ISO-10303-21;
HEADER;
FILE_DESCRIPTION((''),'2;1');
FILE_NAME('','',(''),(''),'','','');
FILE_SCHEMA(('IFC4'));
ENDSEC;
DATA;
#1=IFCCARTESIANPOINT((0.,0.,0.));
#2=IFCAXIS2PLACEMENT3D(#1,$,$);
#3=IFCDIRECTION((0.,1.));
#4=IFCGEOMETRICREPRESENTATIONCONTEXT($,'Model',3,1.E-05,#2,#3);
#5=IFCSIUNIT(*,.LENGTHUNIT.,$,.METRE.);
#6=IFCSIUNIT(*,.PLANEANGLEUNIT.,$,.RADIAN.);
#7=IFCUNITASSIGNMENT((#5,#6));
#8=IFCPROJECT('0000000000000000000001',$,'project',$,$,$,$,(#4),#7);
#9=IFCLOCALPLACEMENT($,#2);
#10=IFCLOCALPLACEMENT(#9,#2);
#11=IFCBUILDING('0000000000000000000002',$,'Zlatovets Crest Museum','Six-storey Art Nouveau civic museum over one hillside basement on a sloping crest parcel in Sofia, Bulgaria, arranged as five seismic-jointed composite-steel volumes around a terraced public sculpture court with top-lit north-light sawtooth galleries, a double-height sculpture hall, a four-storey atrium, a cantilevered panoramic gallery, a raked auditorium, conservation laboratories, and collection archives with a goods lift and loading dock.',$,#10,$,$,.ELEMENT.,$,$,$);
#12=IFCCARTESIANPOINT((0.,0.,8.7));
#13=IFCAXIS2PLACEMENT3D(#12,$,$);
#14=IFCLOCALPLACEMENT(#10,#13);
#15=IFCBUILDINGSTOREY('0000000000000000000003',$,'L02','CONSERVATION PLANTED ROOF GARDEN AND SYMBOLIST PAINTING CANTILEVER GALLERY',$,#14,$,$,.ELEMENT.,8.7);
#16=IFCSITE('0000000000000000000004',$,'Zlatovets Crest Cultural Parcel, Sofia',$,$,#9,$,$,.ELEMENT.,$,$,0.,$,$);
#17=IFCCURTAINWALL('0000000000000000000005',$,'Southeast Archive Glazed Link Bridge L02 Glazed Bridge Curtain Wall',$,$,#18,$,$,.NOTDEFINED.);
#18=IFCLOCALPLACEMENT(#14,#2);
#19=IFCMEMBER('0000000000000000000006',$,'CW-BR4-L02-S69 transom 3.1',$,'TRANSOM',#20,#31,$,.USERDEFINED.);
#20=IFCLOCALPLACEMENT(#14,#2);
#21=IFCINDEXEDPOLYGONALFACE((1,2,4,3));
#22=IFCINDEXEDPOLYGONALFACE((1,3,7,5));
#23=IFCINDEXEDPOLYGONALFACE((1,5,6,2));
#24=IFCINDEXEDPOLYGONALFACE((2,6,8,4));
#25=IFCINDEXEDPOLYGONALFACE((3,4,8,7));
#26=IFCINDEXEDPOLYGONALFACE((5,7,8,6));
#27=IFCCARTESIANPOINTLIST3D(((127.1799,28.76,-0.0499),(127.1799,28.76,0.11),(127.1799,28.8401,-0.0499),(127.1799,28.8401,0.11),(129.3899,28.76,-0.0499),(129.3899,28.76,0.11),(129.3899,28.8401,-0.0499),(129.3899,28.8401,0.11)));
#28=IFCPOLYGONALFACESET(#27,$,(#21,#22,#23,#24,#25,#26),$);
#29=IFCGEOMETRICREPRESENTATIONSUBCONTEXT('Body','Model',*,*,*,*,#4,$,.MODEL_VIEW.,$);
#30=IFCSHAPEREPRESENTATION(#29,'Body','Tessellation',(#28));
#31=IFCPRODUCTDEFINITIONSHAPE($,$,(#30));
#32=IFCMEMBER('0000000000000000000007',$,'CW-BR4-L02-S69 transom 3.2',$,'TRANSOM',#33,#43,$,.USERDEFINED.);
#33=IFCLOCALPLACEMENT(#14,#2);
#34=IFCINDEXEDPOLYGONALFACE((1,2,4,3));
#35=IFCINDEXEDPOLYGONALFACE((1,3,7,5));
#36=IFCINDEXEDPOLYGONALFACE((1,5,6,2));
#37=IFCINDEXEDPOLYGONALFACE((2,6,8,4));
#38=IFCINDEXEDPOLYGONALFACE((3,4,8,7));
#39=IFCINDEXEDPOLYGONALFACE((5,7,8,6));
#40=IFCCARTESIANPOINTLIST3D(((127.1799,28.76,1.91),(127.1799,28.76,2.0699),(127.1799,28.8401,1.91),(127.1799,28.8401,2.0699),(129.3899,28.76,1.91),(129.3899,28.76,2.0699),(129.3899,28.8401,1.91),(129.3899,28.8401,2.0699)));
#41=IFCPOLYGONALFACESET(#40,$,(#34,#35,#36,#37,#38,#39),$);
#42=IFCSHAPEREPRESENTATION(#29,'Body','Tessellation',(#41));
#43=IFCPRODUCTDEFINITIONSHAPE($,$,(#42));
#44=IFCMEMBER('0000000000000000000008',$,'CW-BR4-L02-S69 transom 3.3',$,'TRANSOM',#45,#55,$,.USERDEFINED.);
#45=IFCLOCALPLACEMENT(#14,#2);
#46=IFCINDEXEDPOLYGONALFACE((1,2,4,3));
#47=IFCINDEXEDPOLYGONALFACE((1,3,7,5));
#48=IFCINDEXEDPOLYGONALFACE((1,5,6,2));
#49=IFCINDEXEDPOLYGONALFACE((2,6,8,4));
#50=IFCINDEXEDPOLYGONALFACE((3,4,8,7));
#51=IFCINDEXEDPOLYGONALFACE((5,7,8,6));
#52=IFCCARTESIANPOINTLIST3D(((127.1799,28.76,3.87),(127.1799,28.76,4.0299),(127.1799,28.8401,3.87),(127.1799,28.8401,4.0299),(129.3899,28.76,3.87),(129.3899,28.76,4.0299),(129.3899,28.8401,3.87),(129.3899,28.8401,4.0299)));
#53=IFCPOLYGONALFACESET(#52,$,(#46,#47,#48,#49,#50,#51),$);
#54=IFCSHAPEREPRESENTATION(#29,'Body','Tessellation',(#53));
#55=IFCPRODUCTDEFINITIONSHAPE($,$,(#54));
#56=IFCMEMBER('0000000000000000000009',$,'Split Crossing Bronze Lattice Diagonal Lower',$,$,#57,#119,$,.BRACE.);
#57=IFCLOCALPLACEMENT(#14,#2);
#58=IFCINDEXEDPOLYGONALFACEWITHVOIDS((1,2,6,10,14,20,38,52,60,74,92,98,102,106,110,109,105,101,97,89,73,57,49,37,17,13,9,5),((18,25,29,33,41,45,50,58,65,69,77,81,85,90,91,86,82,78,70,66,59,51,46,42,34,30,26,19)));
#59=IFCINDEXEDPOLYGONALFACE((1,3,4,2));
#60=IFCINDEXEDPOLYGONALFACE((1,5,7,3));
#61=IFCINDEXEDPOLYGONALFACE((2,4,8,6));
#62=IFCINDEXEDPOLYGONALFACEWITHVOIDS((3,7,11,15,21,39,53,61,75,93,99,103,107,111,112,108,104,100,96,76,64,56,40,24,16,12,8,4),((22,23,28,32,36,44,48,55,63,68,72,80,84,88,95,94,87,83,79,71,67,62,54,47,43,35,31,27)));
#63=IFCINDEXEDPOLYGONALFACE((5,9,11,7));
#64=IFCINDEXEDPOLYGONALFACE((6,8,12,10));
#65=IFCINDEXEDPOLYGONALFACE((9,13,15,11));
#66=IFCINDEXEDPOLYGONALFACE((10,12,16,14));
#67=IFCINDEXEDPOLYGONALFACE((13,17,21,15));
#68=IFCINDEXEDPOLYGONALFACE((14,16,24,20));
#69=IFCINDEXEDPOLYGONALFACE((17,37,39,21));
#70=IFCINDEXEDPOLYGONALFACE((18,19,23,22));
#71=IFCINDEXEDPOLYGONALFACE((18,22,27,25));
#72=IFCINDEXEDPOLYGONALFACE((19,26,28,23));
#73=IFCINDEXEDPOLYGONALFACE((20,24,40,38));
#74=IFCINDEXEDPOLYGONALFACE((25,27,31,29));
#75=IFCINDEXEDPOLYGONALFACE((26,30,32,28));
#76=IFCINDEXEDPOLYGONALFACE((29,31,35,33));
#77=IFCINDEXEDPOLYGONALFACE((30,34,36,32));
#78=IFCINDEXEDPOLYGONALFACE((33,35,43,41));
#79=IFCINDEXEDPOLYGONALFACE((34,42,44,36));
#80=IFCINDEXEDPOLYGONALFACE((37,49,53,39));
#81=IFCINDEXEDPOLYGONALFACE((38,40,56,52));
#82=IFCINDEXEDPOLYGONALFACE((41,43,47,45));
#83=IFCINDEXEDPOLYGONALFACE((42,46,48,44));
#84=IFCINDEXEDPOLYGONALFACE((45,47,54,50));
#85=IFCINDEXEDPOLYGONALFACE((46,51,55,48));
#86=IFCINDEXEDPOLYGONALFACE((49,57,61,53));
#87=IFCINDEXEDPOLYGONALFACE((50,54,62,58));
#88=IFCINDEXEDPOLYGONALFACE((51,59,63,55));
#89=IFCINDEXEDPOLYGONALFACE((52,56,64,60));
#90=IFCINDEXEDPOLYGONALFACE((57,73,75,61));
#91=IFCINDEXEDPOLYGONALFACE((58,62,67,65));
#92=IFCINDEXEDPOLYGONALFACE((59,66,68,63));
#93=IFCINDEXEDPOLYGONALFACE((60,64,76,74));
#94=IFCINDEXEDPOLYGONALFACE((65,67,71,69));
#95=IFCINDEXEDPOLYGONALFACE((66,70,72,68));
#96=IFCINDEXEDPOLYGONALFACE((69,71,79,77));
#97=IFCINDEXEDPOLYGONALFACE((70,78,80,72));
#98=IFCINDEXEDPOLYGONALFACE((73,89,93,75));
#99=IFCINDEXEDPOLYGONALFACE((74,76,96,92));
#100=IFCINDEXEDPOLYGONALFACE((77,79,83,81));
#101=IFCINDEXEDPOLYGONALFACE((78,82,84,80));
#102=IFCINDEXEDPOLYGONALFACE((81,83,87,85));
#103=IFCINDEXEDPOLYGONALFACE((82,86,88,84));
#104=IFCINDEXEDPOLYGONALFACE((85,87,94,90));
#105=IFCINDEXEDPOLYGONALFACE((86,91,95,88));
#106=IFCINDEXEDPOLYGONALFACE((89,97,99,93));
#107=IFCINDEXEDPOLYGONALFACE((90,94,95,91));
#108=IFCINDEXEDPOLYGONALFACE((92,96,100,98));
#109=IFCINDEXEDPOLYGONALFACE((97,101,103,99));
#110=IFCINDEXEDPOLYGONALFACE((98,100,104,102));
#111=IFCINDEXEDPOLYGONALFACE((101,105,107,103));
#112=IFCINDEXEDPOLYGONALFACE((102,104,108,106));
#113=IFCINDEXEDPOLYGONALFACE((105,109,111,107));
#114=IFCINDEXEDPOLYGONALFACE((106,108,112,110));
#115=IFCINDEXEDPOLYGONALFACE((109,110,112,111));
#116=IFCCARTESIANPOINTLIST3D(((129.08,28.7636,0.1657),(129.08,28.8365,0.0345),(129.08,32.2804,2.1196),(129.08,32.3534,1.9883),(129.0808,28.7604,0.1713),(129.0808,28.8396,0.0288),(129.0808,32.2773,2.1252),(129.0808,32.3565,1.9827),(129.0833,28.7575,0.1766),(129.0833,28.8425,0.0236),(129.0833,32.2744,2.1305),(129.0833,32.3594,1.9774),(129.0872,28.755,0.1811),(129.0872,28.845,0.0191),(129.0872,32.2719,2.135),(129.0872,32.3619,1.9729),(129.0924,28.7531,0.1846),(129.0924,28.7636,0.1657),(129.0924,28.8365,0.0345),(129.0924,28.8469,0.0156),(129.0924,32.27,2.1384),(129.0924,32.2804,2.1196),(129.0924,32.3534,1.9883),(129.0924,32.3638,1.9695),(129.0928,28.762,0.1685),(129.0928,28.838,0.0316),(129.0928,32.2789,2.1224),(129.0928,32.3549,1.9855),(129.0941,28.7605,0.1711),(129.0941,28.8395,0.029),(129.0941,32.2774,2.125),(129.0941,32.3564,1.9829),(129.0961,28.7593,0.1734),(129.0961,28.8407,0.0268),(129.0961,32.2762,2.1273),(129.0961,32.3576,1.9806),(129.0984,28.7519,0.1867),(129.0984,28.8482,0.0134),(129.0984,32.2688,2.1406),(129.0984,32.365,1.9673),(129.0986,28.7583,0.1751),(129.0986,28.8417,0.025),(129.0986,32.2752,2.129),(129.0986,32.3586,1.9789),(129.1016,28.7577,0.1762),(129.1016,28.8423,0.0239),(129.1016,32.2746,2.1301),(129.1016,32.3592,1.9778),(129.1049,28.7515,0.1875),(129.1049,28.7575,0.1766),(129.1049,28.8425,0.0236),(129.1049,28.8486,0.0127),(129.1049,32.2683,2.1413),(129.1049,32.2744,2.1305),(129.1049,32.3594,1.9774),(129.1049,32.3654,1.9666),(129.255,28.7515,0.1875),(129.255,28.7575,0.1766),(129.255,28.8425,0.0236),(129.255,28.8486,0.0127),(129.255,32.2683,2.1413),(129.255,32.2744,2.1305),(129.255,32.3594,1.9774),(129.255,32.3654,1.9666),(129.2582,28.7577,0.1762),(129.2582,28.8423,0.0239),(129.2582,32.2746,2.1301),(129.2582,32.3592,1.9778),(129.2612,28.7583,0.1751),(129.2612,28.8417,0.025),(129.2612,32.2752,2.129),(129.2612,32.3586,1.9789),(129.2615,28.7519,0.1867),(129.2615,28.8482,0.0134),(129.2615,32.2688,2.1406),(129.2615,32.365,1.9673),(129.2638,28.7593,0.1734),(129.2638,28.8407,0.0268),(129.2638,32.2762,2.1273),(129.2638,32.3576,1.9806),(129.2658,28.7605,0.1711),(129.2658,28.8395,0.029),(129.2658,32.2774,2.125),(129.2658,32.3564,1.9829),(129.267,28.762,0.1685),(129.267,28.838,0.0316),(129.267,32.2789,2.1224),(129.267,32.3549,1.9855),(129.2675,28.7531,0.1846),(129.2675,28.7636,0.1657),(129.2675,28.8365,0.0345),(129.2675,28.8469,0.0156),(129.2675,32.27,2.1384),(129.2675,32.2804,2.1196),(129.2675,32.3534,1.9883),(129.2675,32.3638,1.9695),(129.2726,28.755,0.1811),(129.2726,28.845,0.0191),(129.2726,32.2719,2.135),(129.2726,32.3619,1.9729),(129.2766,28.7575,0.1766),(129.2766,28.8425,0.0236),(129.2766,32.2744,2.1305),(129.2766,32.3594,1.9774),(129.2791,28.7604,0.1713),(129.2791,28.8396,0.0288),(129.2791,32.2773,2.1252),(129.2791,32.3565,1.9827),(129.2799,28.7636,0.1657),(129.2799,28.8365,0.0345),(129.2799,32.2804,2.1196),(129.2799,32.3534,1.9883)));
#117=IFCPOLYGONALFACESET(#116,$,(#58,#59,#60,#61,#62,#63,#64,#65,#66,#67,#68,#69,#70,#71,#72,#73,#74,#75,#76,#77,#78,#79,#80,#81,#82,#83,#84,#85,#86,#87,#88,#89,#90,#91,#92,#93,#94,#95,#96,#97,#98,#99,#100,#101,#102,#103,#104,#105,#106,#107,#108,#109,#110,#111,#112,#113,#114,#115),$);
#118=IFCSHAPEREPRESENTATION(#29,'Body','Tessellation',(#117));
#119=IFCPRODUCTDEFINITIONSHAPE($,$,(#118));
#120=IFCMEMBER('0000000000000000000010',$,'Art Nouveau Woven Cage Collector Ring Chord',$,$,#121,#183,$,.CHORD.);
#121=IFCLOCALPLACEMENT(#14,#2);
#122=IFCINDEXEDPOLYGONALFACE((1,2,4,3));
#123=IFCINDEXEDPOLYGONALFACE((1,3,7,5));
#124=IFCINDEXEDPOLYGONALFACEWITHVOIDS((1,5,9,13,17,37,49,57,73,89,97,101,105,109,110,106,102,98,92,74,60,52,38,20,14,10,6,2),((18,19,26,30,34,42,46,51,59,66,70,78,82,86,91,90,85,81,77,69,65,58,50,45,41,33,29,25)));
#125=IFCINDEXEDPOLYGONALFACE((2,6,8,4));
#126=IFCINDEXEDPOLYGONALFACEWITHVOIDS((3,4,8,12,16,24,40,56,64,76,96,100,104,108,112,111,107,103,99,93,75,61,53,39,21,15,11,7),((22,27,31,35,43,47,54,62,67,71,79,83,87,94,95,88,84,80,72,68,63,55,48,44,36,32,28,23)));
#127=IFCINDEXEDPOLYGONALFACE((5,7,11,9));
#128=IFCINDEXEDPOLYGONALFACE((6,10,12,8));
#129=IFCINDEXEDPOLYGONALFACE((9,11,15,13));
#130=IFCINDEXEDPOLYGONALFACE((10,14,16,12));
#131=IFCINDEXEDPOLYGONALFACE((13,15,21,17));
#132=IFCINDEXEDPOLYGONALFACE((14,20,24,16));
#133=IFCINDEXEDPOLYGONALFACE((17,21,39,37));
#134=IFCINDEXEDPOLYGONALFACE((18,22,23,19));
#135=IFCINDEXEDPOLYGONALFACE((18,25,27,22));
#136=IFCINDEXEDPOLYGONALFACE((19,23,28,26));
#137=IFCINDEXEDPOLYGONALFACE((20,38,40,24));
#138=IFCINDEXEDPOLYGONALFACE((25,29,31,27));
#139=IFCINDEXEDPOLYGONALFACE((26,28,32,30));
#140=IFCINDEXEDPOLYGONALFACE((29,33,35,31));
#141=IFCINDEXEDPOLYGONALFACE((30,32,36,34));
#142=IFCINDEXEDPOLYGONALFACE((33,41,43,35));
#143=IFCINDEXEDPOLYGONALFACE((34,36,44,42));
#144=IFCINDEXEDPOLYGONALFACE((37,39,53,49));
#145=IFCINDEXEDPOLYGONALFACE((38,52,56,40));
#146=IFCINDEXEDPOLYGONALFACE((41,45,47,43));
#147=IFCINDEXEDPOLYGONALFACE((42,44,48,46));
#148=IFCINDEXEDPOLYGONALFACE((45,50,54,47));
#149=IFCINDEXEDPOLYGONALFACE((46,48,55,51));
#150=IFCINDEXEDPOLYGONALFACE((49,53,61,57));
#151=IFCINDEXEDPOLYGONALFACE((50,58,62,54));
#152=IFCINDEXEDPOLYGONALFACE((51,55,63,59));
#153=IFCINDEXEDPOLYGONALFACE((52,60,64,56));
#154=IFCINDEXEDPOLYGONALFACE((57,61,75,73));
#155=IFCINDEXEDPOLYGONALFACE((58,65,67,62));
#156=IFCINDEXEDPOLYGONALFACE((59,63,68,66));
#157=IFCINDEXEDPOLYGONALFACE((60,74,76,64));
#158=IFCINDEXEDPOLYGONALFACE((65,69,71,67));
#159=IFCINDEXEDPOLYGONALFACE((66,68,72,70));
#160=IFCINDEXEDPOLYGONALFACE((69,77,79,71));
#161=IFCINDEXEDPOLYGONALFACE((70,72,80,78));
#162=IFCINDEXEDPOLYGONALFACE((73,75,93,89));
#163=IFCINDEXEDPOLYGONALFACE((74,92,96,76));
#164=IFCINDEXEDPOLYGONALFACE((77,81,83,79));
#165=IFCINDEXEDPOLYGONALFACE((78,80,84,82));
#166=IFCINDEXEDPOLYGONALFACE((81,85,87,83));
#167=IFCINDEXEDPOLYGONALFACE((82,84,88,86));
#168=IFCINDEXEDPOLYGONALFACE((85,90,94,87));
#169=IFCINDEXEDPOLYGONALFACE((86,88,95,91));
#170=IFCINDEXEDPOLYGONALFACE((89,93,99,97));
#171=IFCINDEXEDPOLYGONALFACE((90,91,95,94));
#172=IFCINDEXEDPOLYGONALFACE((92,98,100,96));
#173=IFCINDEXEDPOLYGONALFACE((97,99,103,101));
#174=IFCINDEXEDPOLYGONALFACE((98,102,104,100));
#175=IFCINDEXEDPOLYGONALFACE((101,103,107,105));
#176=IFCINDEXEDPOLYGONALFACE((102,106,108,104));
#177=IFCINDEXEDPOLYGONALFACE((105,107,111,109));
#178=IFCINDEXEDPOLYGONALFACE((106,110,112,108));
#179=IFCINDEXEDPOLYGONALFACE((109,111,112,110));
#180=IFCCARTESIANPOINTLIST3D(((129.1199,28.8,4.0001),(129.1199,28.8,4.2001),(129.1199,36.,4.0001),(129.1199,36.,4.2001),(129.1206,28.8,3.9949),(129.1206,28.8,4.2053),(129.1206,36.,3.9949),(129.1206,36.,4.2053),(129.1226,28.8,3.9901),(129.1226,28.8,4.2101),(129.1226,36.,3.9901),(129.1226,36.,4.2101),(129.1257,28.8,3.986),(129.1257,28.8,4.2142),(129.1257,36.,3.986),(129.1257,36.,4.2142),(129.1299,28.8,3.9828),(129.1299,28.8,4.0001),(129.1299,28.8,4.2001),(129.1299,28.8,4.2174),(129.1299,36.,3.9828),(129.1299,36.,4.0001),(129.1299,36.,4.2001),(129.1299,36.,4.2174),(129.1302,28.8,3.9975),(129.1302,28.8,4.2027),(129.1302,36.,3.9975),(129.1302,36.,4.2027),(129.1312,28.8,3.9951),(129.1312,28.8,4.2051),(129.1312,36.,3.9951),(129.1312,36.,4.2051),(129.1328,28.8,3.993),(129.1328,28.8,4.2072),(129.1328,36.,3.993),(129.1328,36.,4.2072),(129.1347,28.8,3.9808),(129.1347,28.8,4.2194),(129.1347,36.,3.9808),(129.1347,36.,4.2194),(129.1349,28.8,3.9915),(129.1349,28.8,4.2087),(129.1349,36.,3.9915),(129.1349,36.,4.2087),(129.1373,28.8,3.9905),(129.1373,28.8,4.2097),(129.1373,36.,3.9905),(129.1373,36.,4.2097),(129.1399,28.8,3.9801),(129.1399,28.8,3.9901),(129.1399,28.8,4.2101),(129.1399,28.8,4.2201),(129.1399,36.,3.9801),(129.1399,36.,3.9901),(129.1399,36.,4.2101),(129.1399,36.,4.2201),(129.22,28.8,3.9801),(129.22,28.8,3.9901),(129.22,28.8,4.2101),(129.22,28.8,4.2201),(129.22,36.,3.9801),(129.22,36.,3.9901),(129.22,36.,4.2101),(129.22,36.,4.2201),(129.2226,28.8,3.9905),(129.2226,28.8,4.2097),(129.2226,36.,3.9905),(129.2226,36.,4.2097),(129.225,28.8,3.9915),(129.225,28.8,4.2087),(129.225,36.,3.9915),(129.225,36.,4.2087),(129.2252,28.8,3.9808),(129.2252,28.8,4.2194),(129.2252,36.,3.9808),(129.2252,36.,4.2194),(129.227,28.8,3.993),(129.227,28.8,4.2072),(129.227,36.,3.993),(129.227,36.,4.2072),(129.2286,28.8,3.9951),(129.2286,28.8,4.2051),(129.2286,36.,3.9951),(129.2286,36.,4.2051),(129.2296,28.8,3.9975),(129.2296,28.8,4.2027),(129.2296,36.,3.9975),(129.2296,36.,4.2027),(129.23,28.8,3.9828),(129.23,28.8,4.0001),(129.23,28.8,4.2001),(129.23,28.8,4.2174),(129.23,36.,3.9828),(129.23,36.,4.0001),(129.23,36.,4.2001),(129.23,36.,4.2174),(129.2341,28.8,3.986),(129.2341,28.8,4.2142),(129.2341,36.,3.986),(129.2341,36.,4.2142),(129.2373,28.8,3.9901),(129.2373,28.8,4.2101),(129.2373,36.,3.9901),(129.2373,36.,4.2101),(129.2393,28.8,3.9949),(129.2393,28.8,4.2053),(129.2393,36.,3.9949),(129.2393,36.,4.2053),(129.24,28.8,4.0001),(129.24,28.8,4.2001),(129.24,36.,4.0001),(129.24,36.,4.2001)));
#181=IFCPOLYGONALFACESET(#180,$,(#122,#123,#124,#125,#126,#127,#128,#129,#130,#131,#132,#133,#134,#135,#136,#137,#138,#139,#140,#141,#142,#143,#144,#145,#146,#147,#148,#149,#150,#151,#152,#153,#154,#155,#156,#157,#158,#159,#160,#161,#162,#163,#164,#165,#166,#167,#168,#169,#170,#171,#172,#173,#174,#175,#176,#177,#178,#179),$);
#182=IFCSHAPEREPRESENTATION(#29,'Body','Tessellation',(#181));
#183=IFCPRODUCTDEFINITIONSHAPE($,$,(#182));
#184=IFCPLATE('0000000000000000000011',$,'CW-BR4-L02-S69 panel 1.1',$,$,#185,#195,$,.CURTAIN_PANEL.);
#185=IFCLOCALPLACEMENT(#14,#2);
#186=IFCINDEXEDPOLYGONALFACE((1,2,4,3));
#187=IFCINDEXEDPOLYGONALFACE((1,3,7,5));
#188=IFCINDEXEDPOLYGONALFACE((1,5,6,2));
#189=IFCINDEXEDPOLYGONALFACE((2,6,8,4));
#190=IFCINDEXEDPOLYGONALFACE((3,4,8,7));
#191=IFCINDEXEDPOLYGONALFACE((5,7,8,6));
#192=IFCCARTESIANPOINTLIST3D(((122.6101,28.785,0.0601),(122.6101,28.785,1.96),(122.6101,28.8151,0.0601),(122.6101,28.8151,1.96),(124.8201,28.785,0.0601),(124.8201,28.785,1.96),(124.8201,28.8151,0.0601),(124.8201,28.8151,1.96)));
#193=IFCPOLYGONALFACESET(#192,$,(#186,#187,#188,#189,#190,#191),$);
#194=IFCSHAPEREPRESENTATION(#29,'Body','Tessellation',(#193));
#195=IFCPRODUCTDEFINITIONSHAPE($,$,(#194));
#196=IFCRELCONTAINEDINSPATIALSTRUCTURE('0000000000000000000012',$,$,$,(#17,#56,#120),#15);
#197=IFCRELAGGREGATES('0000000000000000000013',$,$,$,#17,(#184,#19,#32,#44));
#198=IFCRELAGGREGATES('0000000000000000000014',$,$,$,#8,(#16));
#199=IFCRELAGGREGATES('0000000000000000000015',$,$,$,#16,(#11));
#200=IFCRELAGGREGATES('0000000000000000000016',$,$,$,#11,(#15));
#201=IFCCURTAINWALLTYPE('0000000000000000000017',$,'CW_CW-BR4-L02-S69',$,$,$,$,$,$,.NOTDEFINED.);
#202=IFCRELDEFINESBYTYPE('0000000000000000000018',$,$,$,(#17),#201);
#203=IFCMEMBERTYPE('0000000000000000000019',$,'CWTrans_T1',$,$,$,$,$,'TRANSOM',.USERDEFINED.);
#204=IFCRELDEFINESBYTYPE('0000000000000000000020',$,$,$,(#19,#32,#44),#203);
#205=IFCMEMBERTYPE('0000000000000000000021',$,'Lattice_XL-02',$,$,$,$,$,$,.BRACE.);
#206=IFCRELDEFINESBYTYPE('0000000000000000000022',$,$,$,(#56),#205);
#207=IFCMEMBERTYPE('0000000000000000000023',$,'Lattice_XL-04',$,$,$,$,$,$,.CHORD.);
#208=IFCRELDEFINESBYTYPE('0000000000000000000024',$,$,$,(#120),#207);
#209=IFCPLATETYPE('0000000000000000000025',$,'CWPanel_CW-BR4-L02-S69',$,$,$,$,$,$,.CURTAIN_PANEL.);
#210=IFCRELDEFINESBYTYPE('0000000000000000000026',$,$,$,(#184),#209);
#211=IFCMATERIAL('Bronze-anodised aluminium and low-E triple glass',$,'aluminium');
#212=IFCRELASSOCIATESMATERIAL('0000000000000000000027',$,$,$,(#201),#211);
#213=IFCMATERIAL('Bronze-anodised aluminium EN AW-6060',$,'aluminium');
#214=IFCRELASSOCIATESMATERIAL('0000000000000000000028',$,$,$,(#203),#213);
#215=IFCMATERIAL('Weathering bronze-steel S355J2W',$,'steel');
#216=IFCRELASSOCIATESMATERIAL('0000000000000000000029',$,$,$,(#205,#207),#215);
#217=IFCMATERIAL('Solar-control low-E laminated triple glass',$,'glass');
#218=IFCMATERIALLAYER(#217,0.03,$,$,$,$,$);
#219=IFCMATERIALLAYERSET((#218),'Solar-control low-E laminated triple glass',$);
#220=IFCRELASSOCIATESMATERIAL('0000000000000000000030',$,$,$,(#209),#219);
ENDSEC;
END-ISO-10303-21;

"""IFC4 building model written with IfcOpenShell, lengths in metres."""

from ifc_helpers import new_model, si_unit, direction, frame, origin, origin_2d, place, context, subcontext, project, spatial, rectangle, hollow_rectangle, extrude, material, layer, layer_set, material_profile, profile_set, type_object, element, aggregate, save


model = new_model("IFC4")

# Units and contexts
model_context = context("Model", 3, precision=1e-05, world=origin(), true_north=direction((0.0, 1.0)))
body_context = subcontext(model_context, "Body", "Model", "MODEL_VIEW")
ifc_project = project(units=[si_unit("LENGTHUNIT", "METRE"), si_unit("PLANEANGLEUNIT", "RADIAN")], contexts=[model_context])

# Site, building, storey
site_placement = place(None, origin())
site = spatial("IfcSite", under=ifc_project, at=site_placement, Name="Zlatovets Crest Cultural Parcel, Sofia", CompositionType="ELEMENT", RefElevation=0.0)
building_placement = place(site_placement, origin())
building = spatial("IfcBuilding", under=site, at=building_placement, Name="Zlatovets Crest Museum", Description="Six-storey Art Nouveau civic museum over one hillside basement on a sloping crest parcel in Sofia, Bulgaria, arranged as five seismic-jointed composite-steel volumes around a terraced public sculpture court with top-lit north-light sawtooth galleries, a double-height sculpture hall, a four-storey atrium, a cantilevered panoramic gallery, a raked auditorium, conservation laboratories, and collection archives with a goods lift and loading dock.", CompositionType="ELEMENT")
storey_placement = place(building_placement, frame((0.0, 0.0, 8.7)))
storey = spatial("IfcBuildingStorey", under=building, at=storey_placement, Name="L02", Description="CONSERVATION PLANTED ROOF GARDEN AND SYMBOLIST PAINTING CANTILEVER GALLERY", CompositionType="ELEMENT", Elevation=8.7)

# Curtain wall
ifc_material_1 = material(Name="Bronze-anodised aluminium and low-E triple glass", Category="aluminium")
ifc_material_2 = material(Name="Bronze-anodised aluminium EN AW-6060", Category="aluminium")
curtain_wall_type_1 = type_object("IfcCurtainWallType", Name="CW_CW-BR4-L02-S69", PredefinedType="NOTDEFINED", material=ifc_material_1)
curtain_wall_1_placement = place(storey_placement, origin())
curtain_wall_1 = element("IfcCurtainWall", 1, at=curtain_wall_1_placement, inside=storey, type_object=curtain_wall_type_1, Name="Southeast Archive Glazed Link Bridge L02 Glazed Bridge Curtain Wall", PredefinedType="NOTDEFINED")

# Members
ifc_material_profile_1 = material_profile(ifc_material_2, rectangle(XDim=0.0801, YDim=0.1599, at=origin_2d()), Name="ALU 80x160")
ifc_profile_set_1 = profile_set([ifc_material_profile_1], Name="Bronze-anodised aluminium EN AW-6060")
member_type_1 = type_object("IfcMemberType", Name="CWTrans_T1", ElementType="TRANSOM", PredefinedType="USERDEFINED", material=ifc_profile_set_1)
member_1_placement = place(storey_placement, frame((127.1799, 28.8, 0.03), z_axis=(1.0, 0.0, 0.0), x_axis=(0.0, 1.0, 0.0)))
member_1 = element("IfcMember", 2, at=member_1_placement, type_object=member_type_1, Name="CW-BR4-L02-S69 transom 3.1", ObjectType="TRANSOM", PredefinedType="USERDEFINED", context=body_context, shape_type="SweptSolid", body=[
    extrude(rectangle(XDim=0.0801, YDim=0.1599, at=origin_2d()), origin(), (0.0, 0.0, 1.0), 2.21),
])
member_2_placement = place(storey_placement, frame((127.1799, 28.8, 1.99), z_axis=(1.0, 0.0, 0.0), x_axis=(0.0, 1.0, 0.0)))
member_2 = element("IfcMember", 3, at=member_2_placement, type_object=member_type_1, Name="CW-BR4-L02-S69 transom 3.2", ObjectType="TRANSOM", PredefinedType="USERDEFINED", context=body_context, shape_type="SweptSolid", body=[
    extrude(rectangle(XDim=0.0801, YDim=0.1599, at=origin_2d()), origin(), (0.0, 0.0, 1.0), 2.21),
])
member_3_placement = place(storey_placement, frame((127.1799, 28.8, 3.95), z_axis=(1.0, 0.0, 0.0), x_axis=(0.0, 1.0, 0.0)))
member_3 = element("IfcMember", 4, at=member_3_placement, type_object=member_type_1, Name="CW-BR4-L02-S69 transom 3.3", ObjectType="TRANSOM", PredefinedType="USERDEFINED", context=body_context, shape_type="SweptSolid", body=[
    extrude(rectangle(XDim=0.0801, YDim=0.1599, at=origin_2d()), origin(), (0.0, 0.0, 1.0), 2.21),
])

# Members
ifc_material_3 = material(Name="Weathering bronze-steel S355J2W", Category="steel")
ifc_material_profile_2 = material_profile(ifc_material_3, hollow_rectangle(XDim=0.2, YDim=0.2, WallThickness=0.0125, InnerFilletRadius=0.0125, OuterFilletRadius=0.0249, at=origin_2d()), Name="SHS 200x200x12.5")
ifc_profile_set_2 = profile_set([ifc_material_profile_2], Name="Weathering bronze-steel S355J2W")
member_type_2 = type_object("IfcMemberType", Name="Lattice_XL-02", PredefinedType="BRACE", material=ifc_profile_set_2)
member_4_placement = place(storey_placement, frame((129.1799, 32.3169, 2.054), z_axis=(0.0, -0.874152, -0.485653), x_axis=(1.0, 0.0, 0.0)))
element("IfcMember", 5, at=member_4_placement, inside=storey, type_object=member_type_2, Name="Split Crossing Bronze Lattice Diagonal Lower", PredefinedType="BRACE", context=body_context, shape_type="SweptSolid", body=[
    extrude(hollow_rectangle(XDim=0.2, YDim=0.2, WallThickness=0.0125, InnerFilletRadius=0.0125, OuterFilletRadius=0.0249, at=origin_2d()), origin(), (0.0, 0.0, 1.0), 4.0232),
])
ifc_material_profile_3 = material_profile(ifc_material_3, hollow_rectangle(XDim=0.1201, YDim=0.24, WallThickness=0.01, InnerFilletRadius=0.01, OuterFilletRadius=0.02, at=origin_2d()), Name="RHS 120x240x10.0")
ifc_profile_set_3 = profile_set([ifc_material_profile_3], Name="Weathering bronze-steel S355J2W")
member_type_3 = type_object("IfcMemberType", Name="Lattice_XL-04", PredefinedType="CHORD", material=ifc_profile_set_3)
member_5_placement = place(storey_placement, frame((129.1799, 36.0, 4.1001), z_axis=(0.0, -1.0, 0.0), x_axis=(1.0, 0.0, 0.0)))
element("IfcMember", 6, at=member_5_placement, inside=storey, type_object=member_type_3, Name="Art Nouveau Woven Cage Collector Ring Chord", PredefinedType="CHORD", context=body_context, shape_type="SweptSolid", body=[
    extrude(hollow_rectangle(XDim=0.1201, YDim=0.24, WallThickness=0.01, InnerFilletRadius=0.01, OuterFilletRadius=0.02, at=origin_2d()), origin(), (0.0, 0.0, 1.0), 7.2),
])

# Plate
ifc_material_4 = material(Name="Solar-control low-E laminated triple glass", Category="glass")
ifc_layer_1 = layer(ifc_material_4, 0.03)
ifc_layer_set_1 = layer_set([ifc_layer_1], Name="Solar-control low-E laminated triple glass")
plate_type_1 = type_object("IfcPlateType", Name="CWPanel_CW-BR4-L02-S69", PredefinedType="CURTAIN_PANEL", material=ifc_layer_set_1)
plate_1_placement = place(storey_placement, frame((123.7151, 28.8, 0.0601), z_axis=(0.0, 0.0, 1.0), x_axis=(1.0, 0.0, 0.0)))
plate_1 = element("IfcPlate", 7, at=plate_1_placement, type_object=plate_type_1, Name="CW-BR4-L02-S69 panel 1.1", PredefinedType="CURTAIN_PANEL", context=body_context, shape_type="SweptSolid", body=[
    extrude(rectangle(XDim=2.21, YDim=0.03, at=origin_2d()), origin(), (0.0, 0.0, 1.0), 1.8999),
])
aggregate(curtain_wall_1, [plate_1, member_1, member_2, member_3])

save(model, "model.ifc")
